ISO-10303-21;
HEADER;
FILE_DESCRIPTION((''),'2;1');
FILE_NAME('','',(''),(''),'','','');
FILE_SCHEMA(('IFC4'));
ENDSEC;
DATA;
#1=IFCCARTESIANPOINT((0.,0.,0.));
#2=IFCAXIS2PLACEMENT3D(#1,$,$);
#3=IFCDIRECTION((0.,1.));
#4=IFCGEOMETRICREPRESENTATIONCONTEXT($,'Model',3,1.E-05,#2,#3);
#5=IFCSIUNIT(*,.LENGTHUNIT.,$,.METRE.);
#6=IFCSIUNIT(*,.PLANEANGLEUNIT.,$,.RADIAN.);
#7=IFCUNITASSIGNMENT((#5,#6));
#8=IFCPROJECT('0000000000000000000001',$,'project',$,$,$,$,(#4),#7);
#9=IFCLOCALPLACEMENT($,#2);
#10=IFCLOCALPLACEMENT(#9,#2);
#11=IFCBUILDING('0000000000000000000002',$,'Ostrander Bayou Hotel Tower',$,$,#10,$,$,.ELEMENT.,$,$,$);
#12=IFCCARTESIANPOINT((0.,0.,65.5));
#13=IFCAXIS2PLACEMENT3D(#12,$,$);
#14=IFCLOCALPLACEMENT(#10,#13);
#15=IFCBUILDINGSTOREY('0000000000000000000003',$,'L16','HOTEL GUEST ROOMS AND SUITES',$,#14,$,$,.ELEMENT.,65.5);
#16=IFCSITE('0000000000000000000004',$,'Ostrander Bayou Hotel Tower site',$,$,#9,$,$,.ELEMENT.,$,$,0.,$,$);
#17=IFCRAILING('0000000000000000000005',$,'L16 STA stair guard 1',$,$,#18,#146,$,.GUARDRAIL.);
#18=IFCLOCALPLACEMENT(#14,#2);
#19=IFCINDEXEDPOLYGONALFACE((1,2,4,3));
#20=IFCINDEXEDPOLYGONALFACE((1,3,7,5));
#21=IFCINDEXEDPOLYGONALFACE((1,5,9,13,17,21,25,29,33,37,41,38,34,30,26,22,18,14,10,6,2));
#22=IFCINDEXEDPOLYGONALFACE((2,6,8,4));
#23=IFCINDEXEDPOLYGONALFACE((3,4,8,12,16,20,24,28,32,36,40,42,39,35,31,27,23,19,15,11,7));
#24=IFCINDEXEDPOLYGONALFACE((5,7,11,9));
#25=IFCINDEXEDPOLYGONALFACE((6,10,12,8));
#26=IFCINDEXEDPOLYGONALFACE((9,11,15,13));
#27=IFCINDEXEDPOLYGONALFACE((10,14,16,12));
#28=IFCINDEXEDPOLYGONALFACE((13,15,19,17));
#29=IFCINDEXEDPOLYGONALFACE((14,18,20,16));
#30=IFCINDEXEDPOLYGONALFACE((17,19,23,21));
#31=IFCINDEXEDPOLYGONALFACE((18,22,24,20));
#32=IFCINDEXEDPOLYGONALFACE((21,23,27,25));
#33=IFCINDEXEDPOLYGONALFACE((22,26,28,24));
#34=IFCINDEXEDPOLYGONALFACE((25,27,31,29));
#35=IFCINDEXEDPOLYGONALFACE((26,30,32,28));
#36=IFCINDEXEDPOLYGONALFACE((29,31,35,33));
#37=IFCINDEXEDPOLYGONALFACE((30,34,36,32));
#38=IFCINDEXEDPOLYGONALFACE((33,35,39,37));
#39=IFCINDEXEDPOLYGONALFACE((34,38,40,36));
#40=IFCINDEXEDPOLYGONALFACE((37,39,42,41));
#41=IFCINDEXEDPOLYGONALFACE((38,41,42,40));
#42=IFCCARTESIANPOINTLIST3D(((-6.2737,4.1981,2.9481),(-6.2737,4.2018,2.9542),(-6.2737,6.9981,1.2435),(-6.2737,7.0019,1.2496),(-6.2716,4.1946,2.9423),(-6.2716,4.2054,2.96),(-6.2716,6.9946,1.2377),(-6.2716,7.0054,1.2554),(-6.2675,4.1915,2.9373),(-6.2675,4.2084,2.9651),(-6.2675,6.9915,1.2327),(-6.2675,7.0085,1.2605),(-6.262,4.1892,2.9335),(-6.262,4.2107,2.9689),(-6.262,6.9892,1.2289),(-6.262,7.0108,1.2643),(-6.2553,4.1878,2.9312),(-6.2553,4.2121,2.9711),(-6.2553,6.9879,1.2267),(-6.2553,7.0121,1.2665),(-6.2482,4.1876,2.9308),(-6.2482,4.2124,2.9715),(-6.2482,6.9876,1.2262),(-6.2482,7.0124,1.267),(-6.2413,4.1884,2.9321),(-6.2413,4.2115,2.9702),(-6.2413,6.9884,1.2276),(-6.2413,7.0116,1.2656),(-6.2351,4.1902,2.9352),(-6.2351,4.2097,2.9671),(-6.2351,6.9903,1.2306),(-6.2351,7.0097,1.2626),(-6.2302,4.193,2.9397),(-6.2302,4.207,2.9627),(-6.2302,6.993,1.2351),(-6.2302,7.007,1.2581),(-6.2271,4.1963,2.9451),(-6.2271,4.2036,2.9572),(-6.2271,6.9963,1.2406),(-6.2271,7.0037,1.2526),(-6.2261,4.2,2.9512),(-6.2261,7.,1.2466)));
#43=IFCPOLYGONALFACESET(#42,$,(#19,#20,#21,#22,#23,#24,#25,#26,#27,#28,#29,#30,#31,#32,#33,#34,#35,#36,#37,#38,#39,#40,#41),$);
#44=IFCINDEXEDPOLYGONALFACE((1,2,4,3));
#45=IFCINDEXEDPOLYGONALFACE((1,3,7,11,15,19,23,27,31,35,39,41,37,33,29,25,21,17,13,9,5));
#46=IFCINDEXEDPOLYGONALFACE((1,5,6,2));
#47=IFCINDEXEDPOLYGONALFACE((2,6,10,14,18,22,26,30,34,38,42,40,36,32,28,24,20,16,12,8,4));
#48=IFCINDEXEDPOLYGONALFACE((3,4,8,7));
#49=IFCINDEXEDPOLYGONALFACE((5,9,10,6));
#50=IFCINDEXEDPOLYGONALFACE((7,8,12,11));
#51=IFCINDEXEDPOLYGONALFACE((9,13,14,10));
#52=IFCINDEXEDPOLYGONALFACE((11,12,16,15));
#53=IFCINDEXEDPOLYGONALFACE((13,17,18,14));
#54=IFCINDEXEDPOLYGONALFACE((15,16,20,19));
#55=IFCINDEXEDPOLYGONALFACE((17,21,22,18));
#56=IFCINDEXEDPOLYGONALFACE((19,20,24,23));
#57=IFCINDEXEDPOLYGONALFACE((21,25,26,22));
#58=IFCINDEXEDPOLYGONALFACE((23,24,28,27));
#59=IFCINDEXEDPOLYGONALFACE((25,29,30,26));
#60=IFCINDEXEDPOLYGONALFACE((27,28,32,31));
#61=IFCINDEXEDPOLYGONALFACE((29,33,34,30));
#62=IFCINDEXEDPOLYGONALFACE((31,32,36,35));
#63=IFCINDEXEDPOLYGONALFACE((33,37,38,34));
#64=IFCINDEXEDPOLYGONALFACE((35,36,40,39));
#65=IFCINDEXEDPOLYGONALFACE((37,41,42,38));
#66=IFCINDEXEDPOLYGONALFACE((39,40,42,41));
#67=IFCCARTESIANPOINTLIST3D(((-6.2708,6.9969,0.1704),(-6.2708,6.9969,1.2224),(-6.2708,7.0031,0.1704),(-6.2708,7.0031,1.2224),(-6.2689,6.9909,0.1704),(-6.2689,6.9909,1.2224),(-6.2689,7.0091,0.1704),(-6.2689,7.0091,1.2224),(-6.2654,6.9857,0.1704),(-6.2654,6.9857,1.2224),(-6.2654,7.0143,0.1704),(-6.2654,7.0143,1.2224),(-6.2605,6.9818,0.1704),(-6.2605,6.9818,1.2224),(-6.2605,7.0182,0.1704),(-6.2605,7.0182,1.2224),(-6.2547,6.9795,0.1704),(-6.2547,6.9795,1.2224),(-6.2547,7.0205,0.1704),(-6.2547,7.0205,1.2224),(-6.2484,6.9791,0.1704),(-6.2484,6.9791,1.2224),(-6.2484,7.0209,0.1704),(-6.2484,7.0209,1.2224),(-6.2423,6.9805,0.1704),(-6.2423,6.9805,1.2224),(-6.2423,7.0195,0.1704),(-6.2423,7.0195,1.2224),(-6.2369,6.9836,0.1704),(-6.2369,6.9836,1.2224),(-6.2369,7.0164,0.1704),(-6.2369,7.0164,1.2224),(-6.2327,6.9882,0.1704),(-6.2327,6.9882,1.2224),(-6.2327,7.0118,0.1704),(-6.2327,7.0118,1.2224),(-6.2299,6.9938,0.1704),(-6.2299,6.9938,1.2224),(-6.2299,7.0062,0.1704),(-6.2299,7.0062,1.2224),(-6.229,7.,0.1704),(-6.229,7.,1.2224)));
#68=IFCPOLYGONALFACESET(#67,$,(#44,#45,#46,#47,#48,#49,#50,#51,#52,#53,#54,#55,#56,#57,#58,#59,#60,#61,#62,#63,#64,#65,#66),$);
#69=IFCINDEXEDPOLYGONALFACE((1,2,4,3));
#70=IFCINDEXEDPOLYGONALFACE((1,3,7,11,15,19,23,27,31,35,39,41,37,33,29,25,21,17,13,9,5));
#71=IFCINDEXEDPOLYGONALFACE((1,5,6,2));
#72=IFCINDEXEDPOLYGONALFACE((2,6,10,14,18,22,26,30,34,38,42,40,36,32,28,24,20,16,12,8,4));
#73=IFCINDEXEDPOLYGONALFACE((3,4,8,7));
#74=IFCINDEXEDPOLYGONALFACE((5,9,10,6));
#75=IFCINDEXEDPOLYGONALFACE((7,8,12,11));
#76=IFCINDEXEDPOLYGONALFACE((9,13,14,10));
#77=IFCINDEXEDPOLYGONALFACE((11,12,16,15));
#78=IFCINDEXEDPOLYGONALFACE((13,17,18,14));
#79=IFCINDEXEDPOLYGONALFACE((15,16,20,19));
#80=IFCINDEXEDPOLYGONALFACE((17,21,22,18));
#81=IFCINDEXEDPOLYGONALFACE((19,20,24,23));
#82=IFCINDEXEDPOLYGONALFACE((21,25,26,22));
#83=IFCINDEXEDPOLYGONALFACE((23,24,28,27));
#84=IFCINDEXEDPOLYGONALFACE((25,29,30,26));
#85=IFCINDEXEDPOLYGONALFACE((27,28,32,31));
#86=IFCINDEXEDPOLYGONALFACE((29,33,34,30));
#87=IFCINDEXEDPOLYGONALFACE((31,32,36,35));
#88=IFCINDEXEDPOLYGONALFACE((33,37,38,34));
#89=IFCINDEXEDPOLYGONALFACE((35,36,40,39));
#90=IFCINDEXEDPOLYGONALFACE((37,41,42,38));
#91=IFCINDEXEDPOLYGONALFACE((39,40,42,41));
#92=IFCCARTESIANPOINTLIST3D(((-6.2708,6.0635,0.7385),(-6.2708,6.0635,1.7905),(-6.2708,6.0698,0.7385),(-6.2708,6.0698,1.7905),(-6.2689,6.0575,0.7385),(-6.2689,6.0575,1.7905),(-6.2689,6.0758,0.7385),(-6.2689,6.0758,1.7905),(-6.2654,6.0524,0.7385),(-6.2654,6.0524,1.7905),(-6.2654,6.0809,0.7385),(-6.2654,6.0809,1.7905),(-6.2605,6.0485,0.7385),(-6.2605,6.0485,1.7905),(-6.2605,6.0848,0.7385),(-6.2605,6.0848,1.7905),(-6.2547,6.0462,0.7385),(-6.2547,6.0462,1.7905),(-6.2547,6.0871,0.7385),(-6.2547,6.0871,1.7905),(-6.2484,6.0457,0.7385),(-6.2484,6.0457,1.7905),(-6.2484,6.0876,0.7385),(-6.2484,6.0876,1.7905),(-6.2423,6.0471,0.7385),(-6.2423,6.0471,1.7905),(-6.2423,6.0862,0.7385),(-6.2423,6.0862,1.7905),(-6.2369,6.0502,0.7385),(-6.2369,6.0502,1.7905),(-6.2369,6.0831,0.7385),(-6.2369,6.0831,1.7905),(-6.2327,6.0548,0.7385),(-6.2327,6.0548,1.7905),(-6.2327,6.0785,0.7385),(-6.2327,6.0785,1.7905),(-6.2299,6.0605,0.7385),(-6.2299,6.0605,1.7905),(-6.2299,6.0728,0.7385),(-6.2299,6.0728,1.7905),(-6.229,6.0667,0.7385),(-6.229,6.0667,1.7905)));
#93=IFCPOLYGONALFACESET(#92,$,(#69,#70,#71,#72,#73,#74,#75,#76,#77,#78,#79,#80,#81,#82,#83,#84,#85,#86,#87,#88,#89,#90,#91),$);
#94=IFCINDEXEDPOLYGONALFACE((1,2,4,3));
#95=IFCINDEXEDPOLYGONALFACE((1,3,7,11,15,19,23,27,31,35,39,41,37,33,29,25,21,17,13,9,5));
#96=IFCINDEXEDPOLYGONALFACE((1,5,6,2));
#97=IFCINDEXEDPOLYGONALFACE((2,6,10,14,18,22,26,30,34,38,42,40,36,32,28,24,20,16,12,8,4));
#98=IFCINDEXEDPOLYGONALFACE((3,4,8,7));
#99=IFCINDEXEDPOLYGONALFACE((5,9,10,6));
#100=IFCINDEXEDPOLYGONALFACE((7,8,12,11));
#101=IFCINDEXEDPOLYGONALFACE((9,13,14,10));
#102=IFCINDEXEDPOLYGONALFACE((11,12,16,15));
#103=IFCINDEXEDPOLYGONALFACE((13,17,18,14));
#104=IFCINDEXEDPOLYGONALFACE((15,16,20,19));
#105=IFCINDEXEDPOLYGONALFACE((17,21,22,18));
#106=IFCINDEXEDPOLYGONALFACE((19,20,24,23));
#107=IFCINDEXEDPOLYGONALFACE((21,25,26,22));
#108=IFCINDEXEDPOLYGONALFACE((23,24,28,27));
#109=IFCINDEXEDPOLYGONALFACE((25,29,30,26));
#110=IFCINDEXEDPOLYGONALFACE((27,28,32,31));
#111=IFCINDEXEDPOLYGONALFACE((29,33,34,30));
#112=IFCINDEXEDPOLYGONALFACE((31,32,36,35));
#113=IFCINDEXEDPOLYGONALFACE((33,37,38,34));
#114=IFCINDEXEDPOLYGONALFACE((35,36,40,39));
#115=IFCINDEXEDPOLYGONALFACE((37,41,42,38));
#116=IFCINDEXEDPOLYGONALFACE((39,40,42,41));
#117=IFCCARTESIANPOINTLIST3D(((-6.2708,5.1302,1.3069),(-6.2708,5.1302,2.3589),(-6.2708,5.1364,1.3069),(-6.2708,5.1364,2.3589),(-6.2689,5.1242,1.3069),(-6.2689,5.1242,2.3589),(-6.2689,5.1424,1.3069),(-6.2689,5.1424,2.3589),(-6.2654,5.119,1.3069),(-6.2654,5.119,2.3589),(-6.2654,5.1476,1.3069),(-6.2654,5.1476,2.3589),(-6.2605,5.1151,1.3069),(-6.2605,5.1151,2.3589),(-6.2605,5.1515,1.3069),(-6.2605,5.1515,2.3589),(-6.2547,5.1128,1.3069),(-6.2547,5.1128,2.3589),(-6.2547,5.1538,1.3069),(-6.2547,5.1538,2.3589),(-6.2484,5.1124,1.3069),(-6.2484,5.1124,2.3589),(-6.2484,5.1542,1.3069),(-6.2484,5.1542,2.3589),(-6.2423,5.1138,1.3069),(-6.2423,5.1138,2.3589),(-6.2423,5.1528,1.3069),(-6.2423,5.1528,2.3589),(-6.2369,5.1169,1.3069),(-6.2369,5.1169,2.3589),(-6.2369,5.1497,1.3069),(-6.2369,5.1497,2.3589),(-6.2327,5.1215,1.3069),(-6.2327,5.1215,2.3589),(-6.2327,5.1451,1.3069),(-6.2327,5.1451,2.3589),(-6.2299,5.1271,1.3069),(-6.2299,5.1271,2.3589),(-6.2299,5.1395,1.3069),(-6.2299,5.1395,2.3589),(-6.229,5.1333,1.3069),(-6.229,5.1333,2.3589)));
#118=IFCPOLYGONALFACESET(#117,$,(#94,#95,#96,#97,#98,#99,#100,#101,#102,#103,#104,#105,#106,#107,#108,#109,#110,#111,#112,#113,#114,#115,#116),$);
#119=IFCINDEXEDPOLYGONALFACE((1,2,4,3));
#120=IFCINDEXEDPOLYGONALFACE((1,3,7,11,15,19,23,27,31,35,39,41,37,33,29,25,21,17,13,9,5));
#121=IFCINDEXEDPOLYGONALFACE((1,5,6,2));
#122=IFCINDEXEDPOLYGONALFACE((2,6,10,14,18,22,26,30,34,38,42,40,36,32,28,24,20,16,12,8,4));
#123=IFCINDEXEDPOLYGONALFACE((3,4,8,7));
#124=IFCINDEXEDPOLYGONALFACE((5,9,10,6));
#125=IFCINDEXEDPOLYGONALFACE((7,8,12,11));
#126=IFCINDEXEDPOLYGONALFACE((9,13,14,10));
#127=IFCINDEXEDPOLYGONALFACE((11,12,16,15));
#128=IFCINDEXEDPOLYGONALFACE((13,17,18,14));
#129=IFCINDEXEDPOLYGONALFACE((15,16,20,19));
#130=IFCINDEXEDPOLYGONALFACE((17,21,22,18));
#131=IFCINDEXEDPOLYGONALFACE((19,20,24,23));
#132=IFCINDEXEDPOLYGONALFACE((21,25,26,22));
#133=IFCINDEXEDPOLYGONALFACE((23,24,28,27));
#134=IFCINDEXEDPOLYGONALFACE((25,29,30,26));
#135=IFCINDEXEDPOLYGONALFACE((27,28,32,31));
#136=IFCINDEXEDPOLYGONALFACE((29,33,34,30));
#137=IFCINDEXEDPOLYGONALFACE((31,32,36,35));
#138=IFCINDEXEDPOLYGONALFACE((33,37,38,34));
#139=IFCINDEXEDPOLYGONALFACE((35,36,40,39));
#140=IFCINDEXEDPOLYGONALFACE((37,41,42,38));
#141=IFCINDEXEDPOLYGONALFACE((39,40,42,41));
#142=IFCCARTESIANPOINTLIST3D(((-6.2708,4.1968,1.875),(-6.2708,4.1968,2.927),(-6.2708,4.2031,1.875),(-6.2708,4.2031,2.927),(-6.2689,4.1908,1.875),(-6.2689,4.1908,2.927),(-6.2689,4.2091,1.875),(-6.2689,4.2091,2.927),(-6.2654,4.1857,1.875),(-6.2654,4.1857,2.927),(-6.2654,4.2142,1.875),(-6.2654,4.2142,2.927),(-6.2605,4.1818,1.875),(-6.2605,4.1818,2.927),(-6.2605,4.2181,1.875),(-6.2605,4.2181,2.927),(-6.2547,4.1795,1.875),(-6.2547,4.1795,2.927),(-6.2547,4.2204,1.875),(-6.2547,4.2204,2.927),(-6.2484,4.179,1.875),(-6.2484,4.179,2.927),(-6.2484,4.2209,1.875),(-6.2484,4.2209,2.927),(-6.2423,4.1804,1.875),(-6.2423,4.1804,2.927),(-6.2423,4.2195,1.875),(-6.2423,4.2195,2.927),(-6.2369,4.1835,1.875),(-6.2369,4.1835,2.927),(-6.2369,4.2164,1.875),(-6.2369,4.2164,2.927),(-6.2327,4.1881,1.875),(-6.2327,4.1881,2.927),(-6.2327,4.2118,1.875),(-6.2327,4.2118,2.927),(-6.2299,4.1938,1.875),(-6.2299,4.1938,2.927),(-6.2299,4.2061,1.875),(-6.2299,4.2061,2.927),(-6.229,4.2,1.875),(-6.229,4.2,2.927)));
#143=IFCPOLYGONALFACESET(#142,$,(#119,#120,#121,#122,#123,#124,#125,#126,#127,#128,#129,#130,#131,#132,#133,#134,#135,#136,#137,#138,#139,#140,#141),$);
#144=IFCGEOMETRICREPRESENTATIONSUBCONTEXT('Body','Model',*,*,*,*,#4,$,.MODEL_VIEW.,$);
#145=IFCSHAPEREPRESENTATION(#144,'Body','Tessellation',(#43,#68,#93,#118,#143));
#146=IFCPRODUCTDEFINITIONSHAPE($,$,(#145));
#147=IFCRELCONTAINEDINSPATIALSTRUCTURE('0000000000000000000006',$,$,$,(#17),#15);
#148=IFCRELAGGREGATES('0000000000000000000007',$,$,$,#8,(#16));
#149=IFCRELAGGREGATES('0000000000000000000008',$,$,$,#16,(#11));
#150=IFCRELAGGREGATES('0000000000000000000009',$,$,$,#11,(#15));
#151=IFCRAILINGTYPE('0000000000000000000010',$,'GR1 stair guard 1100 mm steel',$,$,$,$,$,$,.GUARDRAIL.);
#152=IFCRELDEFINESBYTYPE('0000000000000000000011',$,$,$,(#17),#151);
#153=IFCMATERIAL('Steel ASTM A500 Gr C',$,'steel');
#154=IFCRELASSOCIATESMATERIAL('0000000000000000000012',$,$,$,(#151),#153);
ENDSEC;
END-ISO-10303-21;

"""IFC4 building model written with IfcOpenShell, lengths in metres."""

from ifc_helpers import new_model, si_unit, direction, frame, origin, origin_2d, place, context, subcontext, project, spatial, circle, extrude, material, type_object, element, save


model = new_model("IFC4")

# Units and contexts
model_context = context("Model", 3, precision=1e-05, world=origin(), true_north=direction((0.0, 1.0)))
body_context = subcontext(model_context, "Body", "Model", "MODEL_VIEW")
ifc_project = project(units=[si_unit("LENGTHUNIT", "METRE"), si_unit("PLANEANGLEUNIT", "RADIAN")], contexts=[model_context])

# Site, building, storey
site_placement = place(None, origin())
site = spatial("IfcSite", under=ifc_project, at=site_placement, Name="Ostrander Bayou Hotel Tower site", CompositionType="ELEMENT", RefElevation=0.0)
building_placement = place(site_placement, origin())
building = spatial("IfcBuilding", under=site, at=building_placement, Name="Ostrander Bayou Hotel Tower", CompositionType="ELEMENT")
storey_placement = place(building_placement, frame((0.0, 0.0, 65.5)))
storey = spatial("IfcBuildingStorey", under=building, at=storey_placement, Name="L16", Description="HOTEL GUEST ROOMS AND SUITES", CompositionType="ELEMENT", Elevation=65.5)

# Railing
ifc_material_1 = material(Name="Steel ASTM A500 Gr C", Category="steel")
railing_type_1 = type_object("IfcRailingType", Name="GR1 stair guard 1100 mm steel", PredefinedType="GUARDRAIL", material=ifc_material_1)
railing_1_placement = place(storey_placement, frame((-6.25, 7.0, 0.1704)))
element("IfcRailing", 1, at=railing_1_placement, inside=storey, type_object=railing_type_1, Name="L16 STA stair guard 1", PredefinedType="GUARDRAIL", context=body_context, shape_type="SweptSolid", body=[
    extrude(circle(Radius=0.0239, at=origin_2d()), frame((0.0, 0.0, 1.0762), z_axis=(0.0, -0.85417, 0.519994), x_axis=(1.0, 0.0, 0.0)), (0.0, 0.0, 1.0), 3.2781),
    extrude(circle(Radius=0.021, at=origin_2d()), origin(), (0.0, 0.0, 1.0), 1.052),
    extrude(circle(Radius=0.021, at=origin_2d()), frame((0.0, -0.9333, 0.5681)), (0.0, 0.0, 1.0), 1.052),
    extrude(circle(Radius=0.021, at=origin_2d()), frame((0.0, -1.8667, 1.1365)), (0.0, 0.0, 1.0), 1.052),
    extrude(circle(Radius=0.021, at=origin_2d()), frame((0.0, -2.8, 1.7046)), (0.0, 0.0, 1.0), 1.052),
])

save(model, "model.ifc")
